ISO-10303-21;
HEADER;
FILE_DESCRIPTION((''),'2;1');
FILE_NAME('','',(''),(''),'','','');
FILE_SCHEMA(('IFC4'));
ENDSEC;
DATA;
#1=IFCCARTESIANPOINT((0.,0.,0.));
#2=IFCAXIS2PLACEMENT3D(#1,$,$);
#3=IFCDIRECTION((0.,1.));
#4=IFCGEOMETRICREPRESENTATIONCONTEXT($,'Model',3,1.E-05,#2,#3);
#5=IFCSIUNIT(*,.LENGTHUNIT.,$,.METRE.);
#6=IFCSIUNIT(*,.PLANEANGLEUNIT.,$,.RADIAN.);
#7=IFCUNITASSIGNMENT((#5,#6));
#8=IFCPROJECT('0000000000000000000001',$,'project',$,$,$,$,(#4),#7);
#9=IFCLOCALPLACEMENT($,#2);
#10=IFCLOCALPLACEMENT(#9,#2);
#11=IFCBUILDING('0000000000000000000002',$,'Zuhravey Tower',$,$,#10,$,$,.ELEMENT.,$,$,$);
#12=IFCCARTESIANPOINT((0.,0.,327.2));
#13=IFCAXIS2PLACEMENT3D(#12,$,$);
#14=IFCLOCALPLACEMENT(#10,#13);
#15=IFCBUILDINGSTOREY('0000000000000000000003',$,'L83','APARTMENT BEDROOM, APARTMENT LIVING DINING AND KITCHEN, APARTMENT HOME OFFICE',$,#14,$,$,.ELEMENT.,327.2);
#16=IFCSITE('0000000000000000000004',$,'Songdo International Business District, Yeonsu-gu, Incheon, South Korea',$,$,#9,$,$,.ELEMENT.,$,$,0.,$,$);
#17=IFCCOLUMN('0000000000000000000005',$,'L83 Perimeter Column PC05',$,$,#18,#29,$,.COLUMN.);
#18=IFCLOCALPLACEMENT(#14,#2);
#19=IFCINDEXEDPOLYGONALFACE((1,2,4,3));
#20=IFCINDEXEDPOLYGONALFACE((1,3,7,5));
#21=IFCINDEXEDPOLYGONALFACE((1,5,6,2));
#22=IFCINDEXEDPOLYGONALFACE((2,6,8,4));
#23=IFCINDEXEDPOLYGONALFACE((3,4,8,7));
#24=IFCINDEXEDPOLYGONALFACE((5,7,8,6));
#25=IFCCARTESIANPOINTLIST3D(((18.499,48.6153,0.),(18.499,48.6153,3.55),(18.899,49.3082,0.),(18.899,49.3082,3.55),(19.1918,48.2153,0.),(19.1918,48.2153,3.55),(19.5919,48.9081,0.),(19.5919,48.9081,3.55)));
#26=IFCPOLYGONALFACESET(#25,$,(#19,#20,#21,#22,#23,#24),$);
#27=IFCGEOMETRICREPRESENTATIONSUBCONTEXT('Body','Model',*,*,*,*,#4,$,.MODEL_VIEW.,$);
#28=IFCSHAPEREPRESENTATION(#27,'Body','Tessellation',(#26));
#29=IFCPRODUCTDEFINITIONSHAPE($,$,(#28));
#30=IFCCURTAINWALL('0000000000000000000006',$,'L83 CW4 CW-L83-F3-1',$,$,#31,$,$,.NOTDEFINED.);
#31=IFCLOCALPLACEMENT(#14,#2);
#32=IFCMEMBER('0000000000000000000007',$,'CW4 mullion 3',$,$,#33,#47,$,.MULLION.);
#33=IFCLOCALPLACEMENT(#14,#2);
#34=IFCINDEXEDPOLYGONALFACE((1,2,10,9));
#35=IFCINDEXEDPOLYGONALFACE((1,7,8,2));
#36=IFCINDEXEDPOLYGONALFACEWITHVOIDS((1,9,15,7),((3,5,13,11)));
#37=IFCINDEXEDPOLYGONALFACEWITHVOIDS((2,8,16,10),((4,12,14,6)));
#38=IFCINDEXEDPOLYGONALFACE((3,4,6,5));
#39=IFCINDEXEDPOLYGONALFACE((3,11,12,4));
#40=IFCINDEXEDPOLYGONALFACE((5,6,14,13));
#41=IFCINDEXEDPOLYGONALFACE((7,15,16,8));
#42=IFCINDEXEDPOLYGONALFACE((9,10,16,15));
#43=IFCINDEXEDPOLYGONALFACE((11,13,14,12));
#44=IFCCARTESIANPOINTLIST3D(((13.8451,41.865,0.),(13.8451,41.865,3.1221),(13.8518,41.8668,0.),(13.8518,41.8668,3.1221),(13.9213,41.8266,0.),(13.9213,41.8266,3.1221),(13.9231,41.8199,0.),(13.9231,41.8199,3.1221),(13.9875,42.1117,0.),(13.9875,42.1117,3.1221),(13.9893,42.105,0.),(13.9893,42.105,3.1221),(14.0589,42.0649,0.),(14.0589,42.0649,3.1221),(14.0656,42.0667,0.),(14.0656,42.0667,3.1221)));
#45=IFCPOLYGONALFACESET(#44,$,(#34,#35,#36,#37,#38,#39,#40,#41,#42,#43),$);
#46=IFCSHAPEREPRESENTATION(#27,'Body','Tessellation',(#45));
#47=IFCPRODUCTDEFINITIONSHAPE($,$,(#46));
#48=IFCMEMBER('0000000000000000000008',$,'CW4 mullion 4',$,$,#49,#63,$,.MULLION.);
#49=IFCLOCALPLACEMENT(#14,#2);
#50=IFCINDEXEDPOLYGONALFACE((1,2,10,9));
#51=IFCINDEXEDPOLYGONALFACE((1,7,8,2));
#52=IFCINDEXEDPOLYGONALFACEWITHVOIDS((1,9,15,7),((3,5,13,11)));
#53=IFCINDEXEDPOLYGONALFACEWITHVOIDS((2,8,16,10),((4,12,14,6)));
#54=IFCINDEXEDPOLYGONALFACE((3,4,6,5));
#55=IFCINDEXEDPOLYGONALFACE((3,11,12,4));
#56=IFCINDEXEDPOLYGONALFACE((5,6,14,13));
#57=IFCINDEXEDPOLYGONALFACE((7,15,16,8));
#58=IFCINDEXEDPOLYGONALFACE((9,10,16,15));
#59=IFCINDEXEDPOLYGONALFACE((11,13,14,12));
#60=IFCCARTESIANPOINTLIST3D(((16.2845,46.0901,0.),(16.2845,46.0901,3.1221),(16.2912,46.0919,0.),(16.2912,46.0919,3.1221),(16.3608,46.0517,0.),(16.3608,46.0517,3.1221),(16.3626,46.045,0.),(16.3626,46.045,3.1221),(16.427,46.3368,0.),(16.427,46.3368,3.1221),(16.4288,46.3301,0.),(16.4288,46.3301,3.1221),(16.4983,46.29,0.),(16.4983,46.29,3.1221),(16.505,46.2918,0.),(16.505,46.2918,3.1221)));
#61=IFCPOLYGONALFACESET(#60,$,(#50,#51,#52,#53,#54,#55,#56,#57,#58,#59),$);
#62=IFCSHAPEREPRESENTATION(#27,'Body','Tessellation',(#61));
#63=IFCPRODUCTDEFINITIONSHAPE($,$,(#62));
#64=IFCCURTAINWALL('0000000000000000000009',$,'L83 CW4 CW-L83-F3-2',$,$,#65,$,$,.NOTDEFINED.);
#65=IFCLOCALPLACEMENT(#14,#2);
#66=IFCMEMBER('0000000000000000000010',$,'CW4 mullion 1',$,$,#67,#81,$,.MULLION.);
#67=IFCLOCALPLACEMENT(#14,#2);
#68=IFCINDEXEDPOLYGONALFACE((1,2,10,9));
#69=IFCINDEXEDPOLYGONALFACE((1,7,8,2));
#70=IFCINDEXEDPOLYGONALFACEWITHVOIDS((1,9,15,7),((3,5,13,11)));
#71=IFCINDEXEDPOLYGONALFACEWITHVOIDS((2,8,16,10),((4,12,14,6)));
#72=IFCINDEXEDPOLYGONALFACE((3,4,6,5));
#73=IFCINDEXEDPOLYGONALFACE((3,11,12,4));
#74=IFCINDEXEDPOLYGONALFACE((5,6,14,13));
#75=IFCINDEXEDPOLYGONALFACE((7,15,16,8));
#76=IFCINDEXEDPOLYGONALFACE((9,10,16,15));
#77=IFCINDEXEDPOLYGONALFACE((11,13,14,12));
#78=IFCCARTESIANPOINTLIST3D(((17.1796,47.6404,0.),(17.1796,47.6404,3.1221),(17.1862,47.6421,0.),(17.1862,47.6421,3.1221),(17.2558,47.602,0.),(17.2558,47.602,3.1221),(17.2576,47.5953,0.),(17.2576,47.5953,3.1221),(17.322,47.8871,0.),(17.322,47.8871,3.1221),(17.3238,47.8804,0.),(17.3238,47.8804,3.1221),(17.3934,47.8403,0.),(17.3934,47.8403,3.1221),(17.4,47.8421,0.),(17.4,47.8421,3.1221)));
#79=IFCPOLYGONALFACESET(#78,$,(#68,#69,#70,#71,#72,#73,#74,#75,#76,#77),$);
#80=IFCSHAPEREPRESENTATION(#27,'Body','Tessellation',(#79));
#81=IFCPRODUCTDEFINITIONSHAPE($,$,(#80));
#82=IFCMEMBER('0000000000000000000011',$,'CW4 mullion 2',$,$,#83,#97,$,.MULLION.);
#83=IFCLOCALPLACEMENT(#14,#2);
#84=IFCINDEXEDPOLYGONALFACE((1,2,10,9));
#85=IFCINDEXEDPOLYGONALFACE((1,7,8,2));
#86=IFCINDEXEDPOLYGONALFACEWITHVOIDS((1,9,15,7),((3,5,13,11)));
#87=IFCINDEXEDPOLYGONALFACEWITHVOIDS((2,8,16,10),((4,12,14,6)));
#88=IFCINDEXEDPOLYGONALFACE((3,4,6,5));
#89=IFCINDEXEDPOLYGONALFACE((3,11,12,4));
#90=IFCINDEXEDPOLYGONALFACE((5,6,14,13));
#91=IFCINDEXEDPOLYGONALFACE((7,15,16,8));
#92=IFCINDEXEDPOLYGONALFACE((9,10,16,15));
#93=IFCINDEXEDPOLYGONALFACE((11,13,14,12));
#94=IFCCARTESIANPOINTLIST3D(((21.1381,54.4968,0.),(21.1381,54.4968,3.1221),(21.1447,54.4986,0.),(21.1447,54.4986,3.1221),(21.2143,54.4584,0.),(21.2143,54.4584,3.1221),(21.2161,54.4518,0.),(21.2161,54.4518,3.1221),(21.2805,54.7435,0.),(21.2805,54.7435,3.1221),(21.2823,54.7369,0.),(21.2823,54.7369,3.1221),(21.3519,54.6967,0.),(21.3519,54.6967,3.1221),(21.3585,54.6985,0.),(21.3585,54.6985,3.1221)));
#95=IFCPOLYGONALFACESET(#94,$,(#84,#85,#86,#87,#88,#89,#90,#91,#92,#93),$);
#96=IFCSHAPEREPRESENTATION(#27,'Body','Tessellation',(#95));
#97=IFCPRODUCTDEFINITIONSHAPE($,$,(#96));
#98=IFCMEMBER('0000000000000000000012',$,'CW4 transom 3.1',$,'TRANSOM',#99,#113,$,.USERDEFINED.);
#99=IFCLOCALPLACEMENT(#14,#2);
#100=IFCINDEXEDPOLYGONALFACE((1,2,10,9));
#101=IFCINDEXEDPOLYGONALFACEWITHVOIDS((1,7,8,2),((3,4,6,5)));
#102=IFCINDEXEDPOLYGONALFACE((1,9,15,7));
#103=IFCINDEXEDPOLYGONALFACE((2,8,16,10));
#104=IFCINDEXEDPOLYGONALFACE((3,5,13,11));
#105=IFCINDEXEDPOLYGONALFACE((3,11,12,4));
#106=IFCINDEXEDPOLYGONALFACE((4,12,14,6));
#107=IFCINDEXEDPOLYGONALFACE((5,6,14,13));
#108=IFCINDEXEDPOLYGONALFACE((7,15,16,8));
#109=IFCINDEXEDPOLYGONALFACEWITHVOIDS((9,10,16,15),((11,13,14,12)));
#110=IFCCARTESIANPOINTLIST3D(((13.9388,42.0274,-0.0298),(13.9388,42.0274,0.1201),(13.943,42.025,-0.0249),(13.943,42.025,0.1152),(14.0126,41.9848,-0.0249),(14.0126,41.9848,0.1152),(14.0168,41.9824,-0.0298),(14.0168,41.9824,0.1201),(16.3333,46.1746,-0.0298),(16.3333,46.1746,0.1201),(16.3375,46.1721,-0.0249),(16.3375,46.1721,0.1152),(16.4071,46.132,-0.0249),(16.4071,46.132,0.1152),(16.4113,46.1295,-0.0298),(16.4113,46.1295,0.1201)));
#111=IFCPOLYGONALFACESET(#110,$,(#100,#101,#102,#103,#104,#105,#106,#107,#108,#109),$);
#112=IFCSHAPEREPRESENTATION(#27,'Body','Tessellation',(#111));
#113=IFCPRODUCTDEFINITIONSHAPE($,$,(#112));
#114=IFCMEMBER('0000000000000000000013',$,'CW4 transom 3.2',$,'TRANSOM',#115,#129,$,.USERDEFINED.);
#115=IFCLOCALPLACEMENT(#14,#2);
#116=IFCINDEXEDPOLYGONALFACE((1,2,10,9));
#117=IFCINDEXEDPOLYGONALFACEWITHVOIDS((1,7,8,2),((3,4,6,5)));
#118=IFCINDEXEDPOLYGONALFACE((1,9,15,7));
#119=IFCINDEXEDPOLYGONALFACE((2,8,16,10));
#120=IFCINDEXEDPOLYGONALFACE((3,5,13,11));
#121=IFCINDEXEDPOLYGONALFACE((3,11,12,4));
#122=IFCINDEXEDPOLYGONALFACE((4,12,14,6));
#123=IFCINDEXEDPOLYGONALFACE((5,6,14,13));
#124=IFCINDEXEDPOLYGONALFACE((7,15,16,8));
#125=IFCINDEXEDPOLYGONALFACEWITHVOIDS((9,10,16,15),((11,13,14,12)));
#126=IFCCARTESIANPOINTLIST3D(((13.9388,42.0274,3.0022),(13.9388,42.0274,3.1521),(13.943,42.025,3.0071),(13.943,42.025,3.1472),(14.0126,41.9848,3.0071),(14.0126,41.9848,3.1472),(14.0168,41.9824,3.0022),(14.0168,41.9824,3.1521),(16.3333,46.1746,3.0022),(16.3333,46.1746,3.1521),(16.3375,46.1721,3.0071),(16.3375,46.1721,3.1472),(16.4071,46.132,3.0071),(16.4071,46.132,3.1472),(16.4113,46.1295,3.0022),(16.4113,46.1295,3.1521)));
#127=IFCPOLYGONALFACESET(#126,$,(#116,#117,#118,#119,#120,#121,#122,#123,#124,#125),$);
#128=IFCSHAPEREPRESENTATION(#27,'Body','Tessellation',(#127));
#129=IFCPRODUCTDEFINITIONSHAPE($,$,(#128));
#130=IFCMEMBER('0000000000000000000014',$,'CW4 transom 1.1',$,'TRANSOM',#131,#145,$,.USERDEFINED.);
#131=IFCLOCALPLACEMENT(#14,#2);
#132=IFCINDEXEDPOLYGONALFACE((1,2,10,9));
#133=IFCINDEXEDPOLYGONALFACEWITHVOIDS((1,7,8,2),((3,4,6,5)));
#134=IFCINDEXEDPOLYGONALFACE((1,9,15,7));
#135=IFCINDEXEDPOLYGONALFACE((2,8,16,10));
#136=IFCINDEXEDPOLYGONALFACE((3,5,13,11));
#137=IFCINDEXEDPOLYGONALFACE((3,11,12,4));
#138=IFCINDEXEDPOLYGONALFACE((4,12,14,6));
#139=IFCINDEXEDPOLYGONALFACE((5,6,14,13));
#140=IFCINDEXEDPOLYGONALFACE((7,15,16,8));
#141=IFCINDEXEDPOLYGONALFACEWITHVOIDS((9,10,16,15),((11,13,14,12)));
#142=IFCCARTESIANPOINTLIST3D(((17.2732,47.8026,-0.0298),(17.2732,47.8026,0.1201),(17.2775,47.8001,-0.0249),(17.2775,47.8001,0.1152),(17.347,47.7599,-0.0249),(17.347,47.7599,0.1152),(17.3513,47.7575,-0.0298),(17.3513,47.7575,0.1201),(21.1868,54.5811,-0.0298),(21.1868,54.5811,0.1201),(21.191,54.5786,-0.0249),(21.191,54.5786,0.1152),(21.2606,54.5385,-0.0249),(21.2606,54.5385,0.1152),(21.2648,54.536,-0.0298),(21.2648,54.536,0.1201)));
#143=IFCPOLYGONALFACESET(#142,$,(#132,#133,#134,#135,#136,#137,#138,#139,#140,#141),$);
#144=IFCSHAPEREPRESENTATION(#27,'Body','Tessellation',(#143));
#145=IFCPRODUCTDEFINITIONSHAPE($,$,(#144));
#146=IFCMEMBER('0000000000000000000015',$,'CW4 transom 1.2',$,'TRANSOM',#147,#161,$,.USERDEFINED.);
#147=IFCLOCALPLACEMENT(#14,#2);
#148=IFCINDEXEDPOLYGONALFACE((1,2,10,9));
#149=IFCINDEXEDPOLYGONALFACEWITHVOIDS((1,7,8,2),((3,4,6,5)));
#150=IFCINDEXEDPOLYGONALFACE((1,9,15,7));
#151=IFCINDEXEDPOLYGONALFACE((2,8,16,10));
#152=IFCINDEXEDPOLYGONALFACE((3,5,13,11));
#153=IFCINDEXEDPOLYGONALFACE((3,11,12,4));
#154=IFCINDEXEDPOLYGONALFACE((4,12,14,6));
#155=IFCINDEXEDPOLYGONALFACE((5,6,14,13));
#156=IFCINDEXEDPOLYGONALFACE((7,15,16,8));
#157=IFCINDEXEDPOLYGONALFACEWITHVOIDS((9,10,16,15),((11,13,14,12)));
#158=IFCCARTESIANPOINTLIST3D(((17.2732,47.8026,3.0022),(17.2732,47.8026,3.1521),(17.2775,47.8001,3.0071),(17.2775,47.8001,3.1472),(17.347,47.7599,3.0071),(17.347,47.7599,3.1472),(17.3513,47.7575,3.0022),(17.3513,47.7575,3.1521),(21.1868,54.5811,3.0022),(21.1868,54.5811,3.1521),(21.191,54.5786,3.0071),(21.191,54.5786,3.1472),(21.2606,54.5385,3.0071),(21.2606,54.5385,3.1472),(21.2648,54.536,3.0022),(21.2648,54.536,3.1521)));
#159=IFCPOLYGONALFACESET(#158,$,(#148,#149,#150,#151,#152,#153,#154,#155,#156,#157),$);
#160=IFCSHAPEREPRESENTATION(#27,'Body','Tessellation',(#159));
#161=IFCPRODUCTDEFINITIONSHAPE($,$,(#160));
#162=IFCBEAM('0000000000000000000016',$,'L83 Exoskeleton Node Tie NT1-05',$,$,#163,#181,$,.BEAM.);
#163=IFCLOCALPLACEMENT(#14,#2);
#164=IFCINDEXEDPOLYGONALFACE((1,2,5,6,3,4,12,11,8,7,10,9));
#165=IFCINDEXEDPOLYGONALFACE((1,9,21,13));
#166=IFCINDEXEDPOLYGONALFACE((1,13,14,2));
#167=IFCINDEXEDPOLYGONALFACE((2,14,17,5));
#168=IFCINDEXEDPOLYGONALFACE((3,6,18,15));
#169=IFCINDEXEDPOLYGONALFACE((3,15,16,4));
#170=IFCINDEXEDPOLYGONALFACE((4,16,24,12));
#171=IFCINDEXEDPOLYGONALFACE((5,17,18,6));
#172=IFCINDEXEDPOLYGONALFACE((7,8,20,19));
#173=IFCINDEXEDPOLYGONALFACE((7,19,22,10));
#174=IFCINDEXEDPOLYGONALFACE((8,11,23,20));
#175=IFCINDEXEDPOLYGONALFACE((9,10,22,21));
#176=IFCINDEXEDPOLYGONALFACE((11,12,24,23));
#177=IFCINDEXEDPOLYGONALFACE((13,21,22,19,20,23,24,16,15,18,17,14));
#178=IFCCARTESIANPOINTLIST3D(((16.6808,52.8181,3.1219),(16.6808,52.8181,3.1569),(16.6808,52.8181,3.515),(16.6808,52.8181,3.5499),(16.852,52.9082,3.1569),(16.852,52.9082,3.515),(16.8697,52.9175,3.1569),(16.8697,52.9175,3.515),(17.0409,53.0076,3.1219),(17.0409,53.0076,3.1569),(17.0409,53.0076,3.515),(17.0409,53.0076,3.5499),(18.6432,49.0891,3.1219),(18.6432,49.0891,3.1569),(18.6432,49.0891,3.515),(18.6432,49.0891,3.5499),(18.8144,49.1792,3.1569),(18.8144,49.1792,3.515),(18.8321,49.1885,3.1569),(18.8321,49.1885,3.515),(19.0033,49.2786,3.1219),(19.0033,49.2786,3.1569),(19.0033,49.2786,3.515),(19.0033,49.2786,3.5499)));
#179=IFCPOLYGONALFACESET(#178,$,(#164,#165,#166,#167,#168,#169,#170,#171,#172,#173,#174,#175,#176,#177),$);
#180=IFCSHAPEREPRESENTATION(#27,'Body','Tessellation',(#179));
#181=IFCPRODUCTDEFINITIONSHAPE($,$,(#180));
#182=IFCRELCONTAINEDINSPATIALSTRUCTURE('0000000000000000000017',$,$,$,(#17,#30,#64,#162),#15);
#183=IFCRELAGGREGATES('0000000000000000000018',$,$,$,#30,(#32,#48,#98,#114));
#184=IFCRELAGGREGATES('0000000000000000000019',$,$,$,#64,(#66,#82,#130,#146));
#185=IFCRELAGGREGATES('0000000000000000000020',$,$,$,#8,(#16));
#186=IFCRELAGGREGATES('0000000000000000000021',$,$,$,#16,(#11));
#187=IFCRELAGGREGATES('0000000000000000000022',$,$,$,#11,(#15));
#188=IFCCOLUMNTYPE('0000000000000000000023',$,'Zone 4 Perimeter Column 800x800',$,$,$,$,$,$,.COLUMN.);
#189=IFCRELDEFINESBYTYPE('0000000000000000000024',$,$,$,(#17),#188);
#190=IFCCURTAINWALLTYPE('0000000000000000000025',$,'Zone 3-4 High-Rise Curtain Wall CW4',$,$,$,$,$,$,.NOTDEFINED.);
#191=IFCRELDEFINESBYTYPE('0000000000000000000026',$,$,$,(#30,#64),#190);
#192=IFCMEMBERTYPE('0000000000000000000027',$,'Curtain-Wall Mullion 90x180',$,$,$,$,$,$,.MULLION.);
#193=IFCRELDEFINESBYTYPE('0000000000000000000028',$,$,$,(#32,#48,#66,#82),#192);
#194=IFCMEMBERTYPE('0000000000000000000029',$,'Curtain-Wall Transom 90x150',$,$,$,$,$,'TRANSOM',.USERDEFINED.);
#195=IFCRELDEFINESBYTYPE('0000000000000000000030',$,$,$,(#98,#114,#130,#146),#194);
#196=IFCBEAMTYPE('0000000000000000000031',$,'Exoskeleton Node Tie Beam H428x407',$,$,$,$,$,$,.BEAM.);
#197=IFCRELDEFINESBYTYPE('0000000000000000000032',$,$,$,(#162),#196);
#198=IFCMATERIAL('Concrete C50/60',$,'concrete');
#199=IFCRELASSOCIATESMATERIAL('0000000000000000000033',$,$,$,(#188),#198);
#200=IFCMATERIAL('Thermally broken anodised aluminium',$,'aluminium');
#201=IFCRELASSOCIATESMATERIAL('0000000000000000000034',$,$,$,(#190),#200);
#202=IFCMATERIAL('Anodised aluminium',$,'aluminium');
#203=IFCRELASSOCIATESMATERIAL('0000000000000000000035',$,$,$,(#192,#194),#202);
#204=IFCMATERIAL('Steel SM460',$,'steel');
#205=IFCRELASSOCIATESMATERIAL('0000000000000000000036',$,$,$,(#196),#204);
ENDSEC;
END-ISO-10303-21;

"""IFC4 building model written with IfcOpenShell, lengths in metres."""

from ifc_helpers import new_model, si_unit, direction, frame, origin, origin_2d, place, context, subcontext, project, spatial, rectangle, hollow_rectangle, i_section, extrude, material, material_profile, profile_set, type_object, element, aggregate, save


model = new_model("IFC4")

# Units and contexts
model_context = context("Model", 3, precision=1e-05, world=origin(), true_north=direction((0.0, 1.0)))
body_context = subcontext(model_context, "Body", "Model", "MODEL_VIEW")
ifc_project = project(units=[si_unit("LENGTHUNIT", "METRE"), si_unit("PLANEANGLEUNIT", "RADIAN")], contexts=[model_context])

# Site, building, storey
site_placement = place(None, origin())
site = spatial("IfcSite", under=ifc_project, at=site_placement, Name="Songdo International Business District, Yeonsu-gu, Incheon, South Korea", CompositionType="ELEMENT", RefElevation=0.0)
building_placement = place(site_placement, origin())
building = spatial("IfcBuilding", under=site, at=building_placement, Name="Zuhravey Tower", CompositionType="ELEMENT")
storey_placement = place(building_placement, frame((0.0, 0.0, 327.2)))
storey = spatial("IfcBuildingStorey", under=building, at=storey_placement, Name="L83", Description="APARTMENT BEDROOM, APARTMENT LIVING DINING AND KITCHEN, APARTMENT HOME OFFICE", CompositionType="ELEMENT", Elevation=327.2)

# Column
ifc_material_1 = material(Name="Concrete C50/60", Category="concrete")
ifc_material_profile_1 = material_profile(ifc_material_1, rectangle(XDim=0.8, YDim=0.8, at=origin_2d()), Name="RC-800x800")
ifc_profile_set_1 = profile_set([ifc_material_profile_1], Name="Concrete C50/60")
column_type = type_object("IfcColumnType", Name="Zone 4 Perimeter Column 800x800", PredefinedType="COLUMN", material=ifc_profile_set_1)
column_placement = place(storey_placement, frame((19.0454, 48.7617, 0.0), z_axis=(0.0, 0.0, 1.0), x_axis=(-0.5, -0.866025, 0.0)))
element("IfcColumn", 1, at=column_placement, inside=storey, type_object=column_type, Name="L83 Perimeter Column PC05", PredefinedType="COLUMN", context=body_context, shape_type="SweptSolid", body=[
    extrude(rectangle(XDim=0.8, YDim=0.8, at=origin_2d()), origin(), (0.0, 0.0, 1.0), 3.55),
])

# Curtain walls, members
ifc_material_2 = material(Name="Thermally broken anodised aluminium", Category="aluminium")
curtain_wall_type = type_object("IfcCurtainWallType", Name="Zone 3-4 High-Rise Curtain Wall CW4", PredefinedType="NOTDEFINED", material=ifc_material_2)
curtain_wall_1_placement = place(storey_placement, origin())
curtain_wall_1 = element("IfcCurtainWall", 2, at=curtain_wall_1_placement, inside=storey, type_object=curtain_wall_type, Name="L83 CW4 CW-L83-F3-1", PredefinedType="NOTDEFINED")
ifc_material_3 = material(Name="Anodised aluminium", Category="aluminium")
ifc_material_profile_2 = material_profile(ifc_material_3, hollow_rectangle(XDim=0.0901, YDim=0.2849, WallThickness=0.0049, at=origin_2d()), Name="ALU-RHS-90x285x5")
ifc_profile_set_2 = profile_set([ifc_material_profile_2], Name="Anodised aluminium")
member_type_1 = type_object("IfcMemberType", Name="Curtain-Wall Mullion 90x180", PredefinedType="MULLION", material=ifc_profile_set_2)
member_1_placement = place(storey_placement, frame((13.9553, 41.9658, 0.0), z_axis=(0.0, 0.0, 1.0), x_axis=(-0.866027, 0.499997, 0.0)))
member_1 = element("IfcMember", 3, at=member_1_placement, type_object=member_type_1, Name="CW4 mullion 3", PredefinedType="MULLION", context=body_context, shape_type="SweptSolid", body=[
    extrude(hollow_rectangle(XDim=0.0901, YDim=0.2849, WallThickness=0.0049, at=origin_2d()), origin(), (0.0, 0.0, 1.0), 3.1221),
])
member_2_placement = place(storey_placement, frame((16.3948, 46.1909, 0.0), z_axis=(0.0, 0.0, 1.0), x_axis=(-0.866027, 0.499997, 0.0)))
member_2 = element("IfcMember", 4, at=member_2_placement, type_object=member_type_1, Name="CW4 mullion 4", PredefinedType="MULLION", context=body_context, shape_type="SweptSolid", body=[
    extrude(hollow_rectangle(XDim=0.0901, YDim=0.2849, WallThickness=0.0049, at=origin_2d()), origin(), (0.0, 0.0, 1.0), 3.1221),
])
curtain_wall_2_placement = place(storey_placement, origin())
curtain_wall_2 = element("IfcCurtainWall", 5, at=curtain_wall_2_placement, inside=storey, type_object=curtain_wall_type, Name="L83 CW4 CW-L83-F3-2", PredefinedType="NOTDEFINED")
member_3_placement = place(storey_placement, frame((17.2898, 47.7412, 0.0), z_axis=(0.0, 0.0, 1.0), x_axis=(-0.866024, 0.500002, 0.0)))
member_3 = element("IfcMember", 6, at=member_3_placement, type_object=member_type_1, Name="CW4 mullion 1", PredefinedType="MULLION", context=body_context, shape_type="SweptSolid", body=[
    extrude(hollow_rectangle(XDim=0.0901, YDim=0.2849, WallThickness=0.0049, at=origin_2d()), origin(), (0.0, 0.0, 1.0), 3.1221),
])
member_4_placement = place(storey_placement, frame((21.2483, 54.5977, 0.0), z_axis=(0.0, 0.0, 1.0), x_axis=(-0.866024, 0.500002, 0.0)))
member_4 = element("IfcMember", 7, at=member_4_placement, type_object=member_type_1, Name="CW4 mullion 2", PredefinedType="MULLION", context=body_context, shape_type="SweptSolid", body=[
    extrude(hollow_rectangle(XDim=0.0901, YDim=0.2849, WallThickness=0.0049, at=origin_2d()), origin(), (0.0, 0.0, 1.0), 3.1221),
])

# Members
ifc_material_profile_3 = material_profile(ifc_material_3, hollow_rectangle(XDim=0.0901, YDim=0.1499, WallThickness=0.0049, at=origin_2d()), Name="ALU-RHS-90x150x5")
ifc_profile_set_3 = profile_set([ifc_material_profile_3], Name="Anodised aluminium")
member_type_2 = type_object("IfcMemberType", Name="Curtain-Wall Transom 90x150", ElementType="TRANSOM", PredefinedType="USERDEFINED", material=ifc_profile_set_3)
member_5_placement = place(storey_placement, frame((13.9778, 42.0049, 0.0452), z_axis=(0.500021, 0.866013, 0.0), x_axis=(-0.866013, 0.500021, 0.0)))
member_5 = element("IfcMember", 8, at=member_5_placement, type_object=member_type_2, Name="CW4 transom 3.1", ObjectType="TRANSOM", PredefinedType="USERDEFINED", context=body_context, shape_type="SweptSolid", body=[
    extrude(hollow_rectangle(XDim=0.0901, YDim=0.1499, WallThickness=0.0049, at=origin_2d()), origin(), (0.0, 0.0, 1.0), 4.7888),
])
member_6_placement = place(storey_placement, frame((13.9778, 42.0049, 3.0771), z_axis=(0.500021, 0.866013, 0.0), x_axis=(-0.866013, 0.500021, 0.0)))
member_6 = element("IfcMember", 9, at=member_6_placement, type_object=member_type_2, Name="CW4 transom 3.2", ObjectType="TRANSOM", PredefinedType="USERDEFINED", context=body_context, shape_type="SweptSolid", body=[
    extrude(hollow_rectangle(XDim=0.0901, YDim=0.1499, WallThickness=0.0049, at=origin_2d()), origin(), (0.0, 0.0, 1.0), 4.7888),
])
member_7_placement = place(storey_placement, frame((17.3123, 47.78, 0.0452), z_axis=(0.499997, 0.866027, 0.0), x_axis=(-0.866027, 0.499997, 0.0)))
member_7 = element("IfcMember", 10, at=member_7_placement, type_object=member_type_2, Name="CW4 transom 1.1", ObjectType="TRANSOM", PredefinedType="USERDEFINED", context=body_context, shape_type="SweptSolid", body=[
    extrude(hollow_rectangle(XDim=0.0901, YDim=0.1499, WallThickness=0.0049, at=origin_2d()), origin(), (0.0, 0.0, 1.0), 7.8271),
])
member_8_placement = place(storey_placement, frame((17.3123, 47.78, 3.0771), z_axis=(0.499997, 0.866027, 0.0), x_axis=(-0.866027, 0.499997, 0.0)))
member_8 = element("IfcMember", 11, at=member_8_placement, type_object=member_type_2, Name="CW4 transom 1.2", ObjectType="TRANSOM", PredefinedType="USERDEFINED", context=body_context, shape_type="SweptSolid", body=[
    extrude(hollow_rectangle(XDim=0.0901, YDim=0.1499, WallThickness=0.0049, at=origin_2d()), origin(), (0.0, 0.0, 1.0), 7.8271),
])

# Beam
ifc_material_4 = material(Name="Steel SM460", Category="steel")
ifc_material_profile_4 = material_profile(ifc_material_4, i_section(OverallWidth=0.407, OverallDepth=0.428, WebThickness=0.02, FlangeThickness=0.0349, at=origin_2d()), Name="H-428x407x20x35")
ifc_profile_set_4 = profile_set([ifc_material_profile_4], Name="Steel SM460")
beam_type_1 = type_object("IfcBeamType", Name="Exoskeleton Node Tie Beam H428x407", PredefinedType="BEAM", material=ifc_profile_set_4)
beam_1_placement = place(storey_placement, frame((18.8232, 49.1838, 3.3359), z_axis=(-0.465703, 0.884941, 0.0), x_axis=(-0.884941, -0.465703, 0.0)))
element("IfcBeam", 12, at=beam_1_placement, inside=storey, type_object=beam_type_1, Name="L83 Exoskeleton Node Tie NT1-05", PredefinedType="BEAM", context=body_context, shape_type="SweptSolid", body=[
    extrude(i_section(OverallWidth=0.407, OverallDepth=0.428, WebThickness=0.02, FlangeThickness=0.0349, at=origin_2d()), origin(), (0.0, 0.0, 1.0), 4.2139),
])

aggregate(curtain_wall_1, [member_1, member_2, member_5, member_6])
aggregate(curtain_wall_2, [member_3, member_4, member_7, member_8])

save(model, "model.ifc")
